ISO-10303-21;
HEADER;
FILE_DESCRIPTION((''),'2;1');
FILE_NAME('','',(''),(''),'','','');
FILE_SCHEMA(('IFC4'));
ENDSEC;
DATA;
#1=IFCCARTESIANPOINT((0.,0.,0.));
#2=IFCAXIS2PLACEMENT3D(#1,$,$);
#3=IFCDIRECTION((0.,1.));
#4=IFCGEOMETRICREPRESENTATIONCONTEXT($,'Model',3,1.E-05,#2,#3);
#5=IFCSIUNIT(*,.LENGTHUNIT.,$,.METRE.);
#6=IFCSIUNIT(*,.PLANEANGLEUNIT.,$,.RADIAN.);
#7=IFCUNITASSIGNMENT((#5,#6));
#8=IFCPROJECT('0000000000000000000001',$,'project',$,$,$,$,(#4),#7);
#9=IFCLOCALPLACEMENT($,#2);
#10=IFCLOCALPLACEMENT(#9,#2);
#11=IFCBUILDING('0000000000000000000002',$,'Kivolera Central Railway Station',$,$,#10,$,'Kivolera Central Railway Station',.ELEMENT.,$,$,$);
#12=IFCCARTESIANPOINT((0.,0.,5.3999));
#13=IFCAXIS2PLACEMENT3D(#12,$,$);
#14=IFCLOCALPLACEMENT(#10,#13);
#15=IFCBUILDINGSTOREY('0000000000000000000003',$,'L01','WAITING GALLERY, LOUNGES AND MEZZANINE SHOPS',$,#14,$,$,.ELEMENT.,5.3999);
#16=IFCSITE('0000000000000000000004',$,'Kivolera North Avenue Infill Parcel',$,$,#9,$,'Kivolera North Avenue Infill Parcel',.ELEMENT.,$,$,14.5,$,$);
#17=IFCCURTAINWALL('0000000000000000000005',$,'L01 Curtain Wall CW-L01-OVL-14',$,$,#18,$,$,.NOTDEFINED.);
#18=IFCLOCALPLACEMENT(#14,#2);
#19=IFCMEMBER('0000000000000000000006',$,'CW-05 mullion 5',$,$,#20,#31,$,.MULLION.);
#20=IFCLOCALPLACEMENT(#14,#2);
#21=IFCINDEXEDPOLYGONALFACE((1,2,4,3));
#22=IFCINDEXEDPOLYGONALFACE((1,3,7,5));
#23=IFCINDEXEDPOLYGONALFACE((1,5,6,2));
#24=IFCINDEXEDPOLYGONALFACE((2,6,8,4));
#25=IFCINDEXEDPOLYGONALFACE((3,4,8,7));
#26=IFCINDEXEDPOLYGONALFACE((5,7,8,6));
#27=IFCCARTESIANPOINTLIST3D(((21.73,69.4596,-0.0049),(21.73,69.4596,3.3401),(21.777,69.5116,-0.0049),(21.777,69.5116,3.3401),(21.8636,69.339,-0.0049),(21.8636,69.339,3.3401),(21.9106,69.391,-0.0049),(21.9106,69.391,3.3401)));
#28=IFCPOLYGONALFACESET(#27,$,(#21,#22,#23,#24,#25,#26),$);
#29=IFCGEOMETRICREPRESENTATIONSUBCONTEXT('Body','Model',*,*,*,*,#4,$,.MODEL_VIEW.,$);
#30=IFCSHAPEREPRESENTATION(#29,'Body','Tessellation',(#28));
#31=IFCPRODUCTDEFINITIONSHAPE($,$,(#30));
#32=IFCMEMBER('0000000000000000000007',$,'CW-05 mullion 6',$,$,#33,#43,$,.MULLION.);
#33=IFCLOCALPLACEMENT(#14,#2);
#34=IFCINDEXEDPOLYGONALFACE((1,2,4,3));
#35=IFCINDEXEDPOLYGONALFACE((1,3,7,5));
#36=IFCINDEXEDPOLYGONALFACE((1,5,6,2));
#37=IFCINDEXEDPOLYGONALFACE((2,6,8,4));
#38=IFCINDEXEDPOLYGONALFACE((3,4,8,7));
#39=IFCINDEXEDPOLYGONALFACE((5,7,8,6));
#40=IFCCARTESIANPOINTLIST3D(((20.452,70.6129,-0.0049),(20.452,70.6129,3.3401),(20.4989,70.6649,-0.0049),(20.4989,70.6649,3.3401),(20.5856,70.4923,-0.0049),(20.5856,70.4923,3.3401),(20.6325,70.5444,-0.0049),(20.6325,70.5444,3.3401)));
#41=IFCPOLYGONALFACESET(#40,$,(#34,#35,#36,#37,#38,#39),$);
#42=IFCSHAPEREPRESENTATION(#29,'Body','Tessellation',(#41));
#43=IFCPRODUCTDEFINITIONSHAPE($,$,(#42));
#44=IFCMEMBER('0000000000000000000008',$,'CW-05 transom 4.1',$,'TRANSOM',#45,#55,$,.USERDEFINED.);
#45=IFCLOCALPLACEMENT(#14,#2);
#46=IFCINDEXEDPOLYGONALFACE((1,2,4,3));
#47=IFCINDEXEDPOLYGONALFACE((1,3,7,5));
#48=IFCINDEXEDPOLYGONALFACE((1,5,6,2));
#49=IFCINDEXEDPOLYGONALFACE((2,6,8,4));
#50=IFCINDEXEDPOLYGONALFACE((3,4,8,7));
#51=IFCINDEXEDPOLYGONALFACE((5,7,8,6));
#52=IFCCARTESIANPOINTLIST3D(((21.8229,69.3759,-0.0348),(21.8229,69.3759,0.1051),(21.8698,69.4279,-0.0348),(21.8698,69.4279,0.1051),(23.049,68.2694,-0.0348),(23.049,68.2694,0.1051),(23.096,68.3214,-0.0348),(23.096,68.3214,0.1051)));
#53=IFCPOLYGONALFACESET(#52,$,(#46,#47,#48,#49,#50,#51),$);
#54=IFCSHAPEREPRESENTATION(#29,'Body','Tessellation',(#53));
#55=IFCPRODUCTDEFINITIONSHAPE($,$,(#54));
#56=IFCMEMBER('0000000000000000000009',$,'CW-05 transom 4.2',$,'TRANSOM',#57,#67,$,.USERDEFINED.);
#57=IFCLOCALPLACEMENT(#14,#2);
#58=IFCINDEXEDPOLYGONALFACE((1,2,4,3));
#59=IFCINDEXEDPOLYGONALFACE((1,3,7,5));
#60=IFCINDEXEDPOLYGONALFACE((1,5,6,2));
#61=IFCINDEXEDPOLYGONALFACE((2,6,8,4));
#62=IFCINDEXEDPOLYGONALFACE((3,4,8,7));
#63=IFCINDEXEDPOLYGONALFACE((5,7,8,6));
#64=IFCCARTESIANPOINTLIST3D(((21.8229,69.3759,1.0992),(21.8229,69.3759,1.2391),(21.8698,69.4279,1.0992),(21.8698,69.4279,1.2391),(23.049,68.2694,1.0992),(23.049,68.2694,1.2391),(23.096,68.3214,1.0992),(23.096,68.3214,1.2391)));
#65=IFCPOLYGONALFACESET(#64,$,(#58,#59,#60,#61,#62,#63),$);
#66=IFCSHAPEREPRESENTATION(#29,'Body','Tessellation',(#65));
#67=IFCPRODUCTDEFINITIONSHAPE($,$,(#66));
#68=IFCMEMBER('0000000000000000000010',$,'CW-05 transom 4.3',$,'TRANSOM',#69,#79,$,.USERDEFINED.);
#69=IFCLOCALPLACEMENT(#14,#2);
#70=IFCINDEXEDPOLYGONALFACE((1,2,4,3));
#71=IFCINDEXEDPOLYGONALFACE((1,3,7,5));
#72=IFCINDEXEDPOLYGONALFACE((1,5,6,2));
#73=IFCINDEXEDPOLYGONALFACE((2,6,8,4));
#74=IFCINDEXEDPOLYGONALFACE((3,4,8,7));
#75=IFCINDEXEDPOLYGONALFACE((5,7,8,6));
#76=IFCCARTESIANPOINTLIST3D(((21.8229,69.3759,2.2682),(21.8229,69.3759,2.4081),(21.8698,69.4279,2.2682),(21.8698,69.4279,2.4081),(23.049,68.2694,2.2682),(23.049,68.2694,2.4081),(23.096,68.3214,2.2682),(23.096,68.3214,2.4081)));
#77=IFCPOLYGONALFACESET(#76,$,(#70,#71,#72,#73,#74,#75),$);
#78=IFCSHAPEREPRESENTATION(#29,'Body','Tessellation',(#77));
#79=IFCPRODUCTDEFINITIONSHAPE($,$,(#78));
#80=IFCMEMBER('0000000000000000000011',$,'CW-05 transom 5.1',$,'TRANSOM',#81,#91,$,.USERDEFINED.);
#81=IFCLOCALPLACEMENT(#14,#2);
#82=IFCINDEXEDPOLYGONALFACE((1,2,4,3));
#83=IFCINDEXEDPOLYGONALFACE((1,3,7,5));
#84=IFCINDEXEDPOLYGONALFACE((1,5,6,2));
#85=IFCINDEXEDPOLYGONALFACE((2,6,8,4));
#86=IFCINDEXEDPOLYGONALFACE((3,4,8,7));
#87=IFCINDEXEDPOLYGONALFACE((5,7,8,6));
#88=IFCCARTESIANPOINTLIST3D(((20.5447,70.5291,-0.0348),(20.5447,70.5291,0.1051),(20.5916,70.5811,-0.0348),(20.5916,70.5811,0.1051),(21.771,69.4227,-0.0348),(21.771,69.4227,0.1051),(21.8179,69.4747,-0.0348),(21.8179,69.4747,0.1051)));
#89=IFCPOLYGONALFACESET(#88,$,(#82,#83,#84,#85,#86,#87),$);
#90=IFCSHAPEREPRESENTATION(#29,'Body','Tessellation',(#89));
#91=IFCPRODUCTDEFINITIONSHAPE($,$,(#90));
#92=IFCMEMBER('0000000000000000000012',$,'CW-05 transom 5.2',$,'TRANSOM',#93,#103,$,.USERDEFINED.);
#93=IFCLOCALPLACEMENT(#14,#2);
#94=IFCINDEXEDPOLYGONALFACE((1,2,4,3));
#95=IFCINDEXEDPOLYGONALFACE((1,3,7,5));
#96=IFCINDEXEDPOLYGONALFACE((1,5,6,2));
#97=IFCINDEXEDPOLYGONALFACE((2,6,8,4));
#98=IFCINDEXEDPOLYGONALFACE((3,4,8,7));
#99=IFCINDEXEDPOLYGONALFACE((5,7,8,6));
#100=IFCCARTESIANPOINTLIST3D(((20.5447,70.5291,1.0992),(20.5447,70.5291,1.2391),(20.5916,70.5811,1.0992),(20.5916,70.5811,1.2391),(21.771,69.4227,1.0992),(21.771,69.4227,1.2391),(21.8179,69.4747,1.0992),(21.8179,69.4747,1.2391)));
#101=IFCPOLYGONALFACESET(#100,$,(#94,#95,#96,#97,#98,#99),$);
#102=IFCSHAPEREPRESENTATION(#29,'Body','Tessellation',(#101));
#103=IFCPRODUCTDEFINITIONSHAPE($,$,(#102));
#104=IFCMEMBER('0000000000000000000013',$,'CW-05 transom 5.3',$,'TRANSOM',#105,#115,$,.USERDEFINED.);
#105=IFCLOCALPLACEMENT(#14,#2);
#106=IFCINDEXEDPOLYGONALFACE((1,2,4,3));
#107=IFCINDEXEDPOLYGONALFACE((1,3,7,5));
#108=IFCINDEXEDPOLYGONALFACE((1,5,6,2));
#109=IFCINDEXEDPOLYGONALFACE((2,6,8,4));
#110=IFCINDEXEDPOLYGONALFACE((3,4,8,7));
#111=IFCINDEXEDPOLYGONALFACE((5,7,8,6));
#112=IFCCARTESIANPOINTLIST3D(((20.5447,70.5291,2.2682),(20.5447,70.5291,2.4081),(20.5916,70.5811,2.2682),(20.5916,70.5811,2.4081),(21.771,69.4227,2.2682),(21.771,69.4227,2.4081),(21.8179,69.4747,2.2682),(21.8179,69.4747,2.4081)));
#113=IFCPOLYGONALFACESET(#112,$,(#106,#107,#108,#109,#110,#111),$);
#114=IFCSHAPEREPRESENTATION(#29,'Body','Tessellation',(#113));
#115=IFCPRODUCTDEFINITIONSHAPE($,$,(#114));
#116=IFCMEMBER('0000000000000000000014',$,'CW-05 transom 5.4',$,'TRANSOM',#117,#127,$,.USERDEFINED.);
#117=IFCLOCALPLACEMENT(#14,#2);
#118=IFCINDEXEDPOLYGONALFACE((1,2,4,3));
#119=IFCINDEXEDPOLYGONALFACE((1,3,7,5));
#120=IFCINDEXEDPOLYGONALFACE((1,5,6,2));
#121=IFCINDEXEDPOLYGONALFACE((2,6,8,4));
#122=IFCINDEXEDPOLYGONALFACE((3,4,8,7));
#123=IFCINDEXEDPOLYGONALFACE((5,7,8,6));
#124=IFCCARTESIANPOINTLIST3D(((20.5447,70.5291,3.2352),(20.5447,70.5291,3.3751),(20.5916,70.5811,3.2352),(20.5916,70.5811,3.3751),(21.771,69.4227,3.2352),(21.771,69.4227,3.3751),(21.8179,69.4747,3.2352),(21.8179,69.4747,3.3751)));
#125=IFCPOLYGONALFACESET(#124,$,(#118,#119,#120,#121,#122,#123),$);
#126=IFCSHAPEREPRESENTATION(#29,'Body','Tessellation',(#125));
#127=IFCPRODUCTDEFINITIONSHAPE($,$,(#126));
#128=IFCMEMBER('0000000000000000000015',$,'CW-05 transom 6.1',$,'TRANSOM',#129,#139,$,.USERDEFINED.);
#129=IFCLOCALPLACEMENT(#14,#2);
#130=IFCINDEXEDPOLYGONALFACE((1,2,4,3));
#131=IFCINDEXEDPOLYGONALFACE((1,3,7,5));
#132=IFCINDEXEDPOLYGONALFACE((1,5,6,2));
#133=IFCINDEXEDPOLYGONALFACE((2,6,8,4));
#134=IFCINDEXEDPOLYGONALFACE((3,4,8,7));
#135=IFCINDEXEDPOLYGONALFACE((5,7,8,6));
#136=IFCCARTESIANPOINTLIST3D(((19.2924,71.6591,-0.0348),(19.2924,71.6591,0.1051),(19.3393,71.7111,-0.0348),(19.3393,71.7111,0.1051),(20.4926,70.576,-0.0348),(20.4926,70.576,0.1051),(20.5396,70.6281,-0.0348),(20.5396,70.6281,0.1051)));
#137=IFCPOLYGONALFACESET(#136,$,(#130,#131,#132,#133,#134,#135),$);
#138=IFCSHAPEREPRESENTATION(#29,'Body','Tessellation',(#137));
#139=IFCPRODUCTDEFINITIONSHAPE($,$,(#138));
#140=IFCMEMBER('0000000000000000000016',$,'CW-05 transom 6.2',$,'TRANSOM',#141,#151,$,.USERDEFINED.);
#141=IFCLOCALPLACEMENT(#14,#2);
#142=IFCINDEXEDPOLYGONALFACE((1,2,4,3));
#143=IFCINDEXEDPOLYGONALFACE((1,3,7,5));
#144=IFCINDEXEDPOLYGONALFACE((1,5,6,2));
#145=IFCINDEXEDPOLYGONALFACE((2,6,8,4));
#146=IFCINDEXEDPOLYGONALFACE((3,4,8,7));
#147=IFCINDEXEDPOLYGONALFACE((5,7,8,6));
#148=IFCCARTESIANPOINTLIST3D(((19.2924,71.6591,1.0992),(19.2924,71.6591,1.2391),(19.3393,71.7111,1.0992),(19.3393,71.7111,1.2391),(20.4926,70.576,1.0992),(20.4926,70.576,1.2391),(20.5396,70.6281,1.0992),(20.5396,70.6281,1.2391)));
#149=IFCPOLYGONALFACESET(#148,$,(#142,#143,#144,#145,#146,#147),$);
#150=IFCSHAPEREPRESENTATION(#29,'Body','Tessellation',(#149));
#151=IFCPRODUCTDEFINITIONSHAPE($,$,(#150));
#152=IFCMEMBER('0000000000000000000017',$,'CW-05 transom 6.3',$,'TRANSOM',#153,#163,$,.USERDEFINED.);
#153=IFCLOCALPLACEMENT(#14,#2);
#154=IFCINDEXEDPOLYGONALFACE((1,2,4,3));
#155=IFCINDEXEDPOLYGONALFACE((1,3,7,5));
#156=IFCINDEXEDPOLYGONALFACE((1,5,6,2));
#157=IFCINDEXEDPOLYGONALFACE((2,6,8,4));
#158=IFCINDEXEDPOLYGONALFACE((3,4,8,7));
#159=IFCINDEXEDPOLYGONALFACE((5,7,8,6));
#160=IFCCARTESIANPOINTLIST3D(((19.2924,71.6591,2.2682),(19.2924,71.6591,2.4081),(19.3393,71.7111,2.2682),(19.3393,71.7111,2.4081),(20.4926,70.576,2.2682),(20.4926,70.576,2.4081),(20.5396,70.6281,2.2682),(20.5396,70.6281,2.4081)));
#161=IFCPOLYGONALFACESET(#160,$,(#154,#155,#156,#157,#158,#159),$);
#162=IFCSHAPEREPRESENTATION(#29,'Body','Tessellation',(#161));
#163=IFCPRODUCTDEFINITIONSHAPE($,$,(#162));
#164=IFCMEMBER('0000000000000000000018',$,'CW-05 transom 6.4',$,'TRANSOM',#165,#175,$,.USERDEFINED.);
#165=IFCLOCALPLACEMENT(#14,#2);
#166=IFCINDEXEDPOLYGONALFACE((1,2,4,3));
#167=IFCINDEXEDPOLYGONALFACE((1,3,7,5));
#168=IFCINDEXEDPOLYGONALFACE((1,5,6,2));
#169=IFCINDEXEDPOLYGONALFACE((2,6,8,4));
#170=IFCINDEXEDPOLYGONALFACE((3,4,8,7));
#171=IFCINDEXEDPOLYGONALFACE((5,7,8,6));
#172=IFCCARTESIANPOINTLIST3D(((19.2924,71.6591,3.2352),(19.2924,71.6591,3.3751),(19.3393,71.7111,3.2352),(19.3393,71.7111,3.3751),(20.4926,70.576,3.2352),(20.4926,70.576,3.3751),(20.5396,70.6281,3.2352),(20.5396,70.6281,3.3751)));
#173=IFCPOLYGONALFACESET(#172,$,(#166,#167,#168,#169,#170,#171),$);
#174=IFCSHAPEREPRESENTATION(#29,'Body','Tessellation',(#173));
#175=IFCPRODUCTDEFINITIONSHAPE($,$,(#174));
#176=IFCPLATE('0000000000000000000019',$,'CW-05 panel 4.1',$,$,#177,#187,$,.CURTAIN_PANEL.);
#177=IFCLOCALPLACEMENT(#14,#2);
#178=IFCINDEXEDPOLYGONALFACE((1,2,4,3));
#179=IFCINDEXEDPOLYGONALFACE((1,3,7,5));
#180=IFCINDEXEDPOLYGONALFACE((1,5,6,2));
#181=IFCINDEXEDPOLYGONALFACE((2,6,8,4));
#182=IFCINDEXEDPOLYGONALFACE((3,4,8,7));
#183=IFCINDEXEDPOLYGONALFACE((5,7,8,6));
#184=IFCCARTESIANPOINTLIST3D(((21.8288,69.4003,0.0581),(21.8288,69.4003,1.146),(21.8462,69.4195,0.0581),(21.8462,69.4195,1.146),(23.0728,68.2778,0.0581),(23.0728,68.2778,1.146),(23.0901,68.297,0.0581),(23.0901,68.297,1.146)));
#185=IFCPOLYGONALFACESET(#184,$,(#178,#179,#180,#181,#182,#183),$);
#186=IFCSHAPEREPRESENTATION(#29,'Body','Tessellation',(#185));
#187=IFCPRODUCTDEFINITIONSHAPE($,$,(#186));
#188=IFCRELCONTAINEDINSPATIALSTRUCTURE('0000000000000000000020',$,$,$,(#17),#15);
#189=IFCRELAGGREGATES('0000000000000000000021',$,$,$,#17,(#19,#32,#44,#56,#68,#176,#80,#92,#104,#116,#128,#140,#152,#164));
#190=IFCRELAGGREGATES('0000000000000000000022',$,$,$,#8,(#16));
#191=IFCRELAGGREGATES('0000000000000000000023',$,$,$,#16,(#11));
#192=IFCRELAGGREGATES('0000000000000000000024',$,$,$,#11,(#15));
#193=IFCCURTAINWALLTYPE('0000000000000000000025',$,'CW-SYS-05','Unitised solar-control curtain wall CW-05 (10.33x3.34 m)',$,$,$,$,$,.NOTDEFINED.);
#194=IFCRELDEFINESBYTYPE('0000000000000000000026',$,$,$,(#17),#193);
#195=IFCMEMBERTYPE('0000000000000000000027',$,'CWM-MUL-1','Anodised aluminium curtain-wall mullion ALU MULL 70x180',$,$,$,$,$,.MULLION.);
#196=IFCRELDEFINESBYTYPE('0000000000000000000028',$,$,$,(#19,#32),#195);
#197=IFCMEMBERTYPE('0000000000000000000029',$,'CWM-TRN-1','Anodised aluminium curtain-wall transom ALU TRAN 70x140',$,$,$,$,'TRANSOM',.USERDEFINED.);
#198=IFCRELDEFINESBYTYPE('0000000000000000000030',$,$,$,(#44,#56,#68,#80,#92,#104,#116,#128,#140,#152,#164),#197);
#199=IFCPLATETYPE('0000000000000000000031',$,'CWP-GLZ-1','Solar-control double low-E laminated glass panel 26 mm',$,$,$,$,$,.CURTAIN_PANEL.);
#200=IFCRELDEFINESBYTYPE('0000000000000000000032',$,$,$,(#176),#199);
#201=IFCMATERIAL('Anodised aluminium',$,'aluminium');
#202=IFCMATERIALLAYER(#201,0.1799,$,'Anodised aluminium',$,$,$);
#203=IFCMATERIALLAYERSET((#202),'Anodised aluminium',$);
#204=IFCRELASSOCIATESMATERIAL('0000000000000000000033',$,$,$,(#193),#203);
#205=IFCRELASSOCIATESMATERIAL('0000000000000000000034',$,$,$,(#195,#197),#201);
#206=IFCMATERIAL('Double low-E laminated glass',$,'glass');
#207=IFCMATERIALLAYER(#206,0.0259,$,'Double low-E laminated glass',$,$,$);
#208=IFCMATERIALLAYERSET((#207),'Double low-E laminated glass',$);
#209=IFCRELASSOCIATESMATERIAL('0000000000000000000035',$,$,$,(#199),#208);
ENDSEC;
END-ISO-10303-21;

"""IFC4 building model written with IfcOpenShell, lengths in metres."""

from ifc_helpers import new_model, si_unit, direction, frame, origin, origin_2d, place, context, subcontext, project, spatial, rectangle, extrude, material, layer, layer_set, material_profile, profile_set, type_object, element, aggregate, save


model = new_model("IFC4")

# Units and contexts
model_context = context("Model", 3, precision=1e-05, world=origin(), true_north=direction((0.0, 1.0)))
body_context = subcontext(model_context, "Body", "Model", "MODEL_VIEW")
ifc_project = project(units=[si_unit("LENGTHUNIT", "METRE"), si_unit("PLANEANGLEUNIT", "RADIAN")], contexts=[model_context])

# Site, building, storey
site_placement = place(None, origin())
site = spatial("IfcSite", under=ifc_project, at=site_placement, Name="Kivolera North Avenue Infill Parcel", LongName="Kivolera North Avenue Infill Parcel", CompositionType="ELEMENT", RefElevation=14.5)
building_placement = place(site_placement, origin())
building = spatial("IfcBuilding", under=site, at=building_placement, Name="Kivolera Central Railway Station", LongName="Kivolera Central Railway Station", CompositionType="ELEMENT")
storey_placement = place(building_placement, frame((0.0, 0.0, 5.3999)))
storey = spatial("IfcBuildingStorey", under=building, at=storey_placement, Name="L01", Description="WAITING GALLERY, LOUNGES AND MEZZANINE SHOPS", CompositionType="ELEMENT", Elevation=5.3999)

# Curtain wall, members, plate
ifc_material_1 = material(Name="Anodised aluminium", Category="aluminium")
ifc_layer_1 = layer(ifc_material_1, 0.1799, Name="Anodised aluminium")
ifc_layer_set_1 = layer_set([ifc_layer_1], Name="Anodised aluminium")
curtain_wall_type = type_object("IfcCurtainWallType", Name="CW-SYS-05", Description="Unitised solar-control curtain wall CW-05 (10.33x3.34 m)", PredefinedType="NOTDEFINED", material=ifc_layer_set_1)
curtain_wall_placement = place(storey_placement, origin())
curtain_wall = element("IfcCurtainWall", 1, at=curtain_wall_placement, inside=storey, type_object=curtain_wall_type, Name="L01 Curtain Wall CW-L01-OVL-14", PredefinedType="NOTDEFINED")
ifc_material_profile_1 = material_profile(ifc_material_1, rectangle(XDim=0.0701, YDim=0.1799, at=origin_2d()), Name="ALU MULL 70x180")
ifc_profile_set_1 = profile_set([ifc_material_profile_1], Name="Anodised aluminium")
member_type_1 = type_object("IfcMemberType", Name="CWM-MUL-1", Description="Anodised aluminium curtain-wall mullion ALU MULL 70x180", PredefinedType="MULLION", material=ifc_profile_set_1)
member_1_placement = place(storey_placement, frame((21.8203, 69.4253, -0.0049), z_axis=(0.0, 0.0, 1.0), x_axis=(-0.669922, -0.742432, 0.0)))
member_1 = element("IfcMember", 2, at=member_1_placement, type_object=member_type_1, Name="CW-05 mullion 5", PredefinedType="MULLION", context=body_context, shape_type="SweptSolid", body=[
    extrude(rectangle(XDim=0.0701, YDim=0.1799, at=origin_2d()), origin(), (0.0, 0.0, 1.0), 3.345),
])
member_2_placement = place(storey_placement, frame((20.5422, 70.5786, -0.0049), z_axis=(0.0, 0.0, 1.0), x_axis=(-0.669922, -0.742432, 0.0)))
member_2 = element("IfcMember", 3, at=member_2_placement, type_object=member_type_1, Name="CW-05 mullion 6", PredefinedType="MULLION", context=body_context, shape_type="SweptSolid", body=[
    extrude(rectangle(XDim=0.0701, YDim=0.1799, at=origin_2d()), origin(), (0.0, 0.0, 1.0), 3.345),
])
ifc_material_profile_2 = material_profile(ifc_material_1, rectangle(XDim=0.0701, YDim=0.1399, at=origin_2d()), Name="ALU TRAN 70x140")
ifc_profile_set_2 = profile_set([ifc_material_profile_2], Name="Anodised aluminium")
member_type_2 = type_object("IfcMemberType", Name="CWM-TRN-1", Description="Anodised aluminium curtain-wall transom ALU TRAN 70x140", ElementType="TRANSOM", PredefinedType="USERDEFINED", material=ifc_profile_set_2)
member_3_placement = place(storey_placement, frame((23.0725, 68.2954, 0.0352), z_axis=(-0.742397, 0.669961, 0.0), x_axis=(-0.669961, -0.742397, 0.0)))
member_3 = element("IfcMember", 4, at=member_3_placement, type_object=member_type_2, Name="CW-05 transom 4.1", ObjectType="TRANSOM", PredefinedType="USERDEFINED", context=body_context, shape_type="SweptSolid", body=[
    extrude(rectangle(XDim=0.0701, YDim=0.1399, at=origin_2d()), origin(), (0.0, 0.0, 1.0), 1.6516),
])
member_4_placement = place(storey_placement, frame((23.0725, 68.2954, 1.1692), z_axis=(-0.742397, 0.669961, 0.0), x_axis=(-0.669961, -0.742397, 0.0)))
member_4 = element("IfcMember", 5, at=member_4_placement, type_object=member_type_2, Name="CW-05 transom 4.2", ObjectType="TRANSOM", PredefinedType="USERDEFINED", context=body_context, shape_type="SweptSolid", body=[
    extrude(rectangle(XDim=0.0701, YDim=0.1399, at=origin_2d()), origin(), (0.0, 0.0, 1.0), 1.6516),
])
member_5_placement = place(storey_placement, frame((23.0725, 68.2954, 2.3381), z_axis=(-0.742397, 0.669961, 0.0), x_axis=(-0.669961, -0.742397, 0.0)))
member_5 = element("IfcMember", 6, at=member_5_placement, type_object=member_type_2, Name="CW-05 transom 4.3", ObjectType="TRANSOM", PredefinedType="USERDEFINED", context=body_context, shape_type="SweptSolid", body=[
    extrude(rectangle(XDim=0.0701, YDim=0.1399, at=origin_2d()), origin(), (0.0, 0.0, 1.0), 1.6516),
])
member_6_placement = place(storey_placement, frame((21.7944, 69.4487, 0.0352), z_axis=(-0.742463, 0.669887, 0.0), x_axis=(-0.669887, -0.742463, 0.0)))
member_6 = element("IfcMember", 7, at=member_6_placement, type_object=member_type_2, Name="CW-05 transom 5.1", ObjectType="TRANSOM", PredefinedType="USERDEFINED", context=body_context, shape_type="SweptSolid", body=[
    extrude(rectangle(XDim=0.0701, YDim=0.1399, at=origin_2d()), origin(), (0.0, 0.0, 1.0), 1.6516),
])
member_7_placement = place(storey_placement, frame((21.7944, 69.4487, 1.1692), z_axis=(-0.742463, 0.669887, 0.0), x_axis=(-0.669887, -0.742463, 0.0)))
member_7 = element("IfcMember", 8, at=member_7_placement, type_object=member_type_2, Name="CW-05 transom 5.2", ObjectType="TRANSOM", PredefinedType="USERDEFINED", context=body_context, shape_type="SweptSolid", body=[
    extrude(rectangle(XDim=0.0701, YDim=0.1399, at=origin_2d()), origin(), (0.0, 0.0, 1.0), 1.6516),
])
member_8_placement = place(storey_placement, frame((21.7944, 69.4487, 2.3381), z_axis=(-0.742463, 0.669887, 0.0), x_axis=(-0.669887, -0.742463, 0.0)))
member_8 = element("IfcMember", 9, at=member_8_placement, type_object=member_type_2, Name="CW-05 transom 5.3", ObjectType="TRANSOM", PredefinedType="USERDEFINED", context=body_context, shape_type="SweptSolid", body=[
    extrude(rectangle(XDim=0.0701, YDim=0.1399, at=origin_2d()), origin(), (0.0, 0.0, 1.0), 1.6516),
])
member_9_placement = place(storey_placement, frame((21.7944, 69.4487, 3.3052), z_axis=(-0.742463, 0.669887, 0.0), x_axis=(-0.669887, -0.742463, 0.0)))
member_9 = element("IfcMember", 10, at=member_9_placement, type_object=member_type_2, Name="CW-05 transom 5.4", ObjectType="TRANSOM", PredefinedType="USERDEFINED", context=body_context, shape_type="SweptSolid", body=[
    extrude(rectangle(XDim=0.0701, YDim=0.1399, at=origin_2d()), origin(), (0.0, 0.0, 1.0), 1.6516),
])
member_10_placement = place(storey_placement, frame((20.5161, 70.6021, 0.0352), z_axis=(-0.742422, 0.669932, 0.0), x_axis=(-0.669932, -0.742422, 0.0)))
member_10 = element("IfcMember", 11, at=member_10_placement, type_object=member_type_2, Name="CW-05 transom 6.1", ObjectType="TRANSOM", PredefinedType="USERDEFINED", context=body_context, shape_type="SweptSolid", body=[
    extrude(rectangle(XDim=0.0701, YDim=0.1399, at=origin_2d()), origin(), (0.0, 0.0, 1.0), 1.6167),
])
member_11_placement = place(storey_placement, frame((20.5161, 70.6021, 1.1692), z_axis=(-0.742422, 0.669932, 0.0), x_axis=(-0.669932, -0.742422, 0.0)))
member_11 = element("IfcMember", 12, at=member_11_placement, type_object=member_type_2, Name="CW-05 transom 6.2", ObjectType="TRANSOM", PredefinedType="USERDEFINED", context=body_context, shape_type="SweptSolid", body=[
    extrude(rectangle(XDim=0.0701, YDim=0.1399, at=origin_2d()), origin(), (0.0, 0.0, 1.0), 1.6167),
])
member_12_placement = place(storey_placement, frame((20.5161, 70.6021, 2.3381), z_axis=(-0.742422, 0.669932, 0.0), x_axis=(-0.669932, -0.742422, 0.0)))
member_12 = element("IfcMember", 13, at=member_12_placement, type_object=member_type_2, Name="CW-05 transom 6.3", ObjectType="TRANSOM", PredefinedType="USERDEFINED", context=body_context, shape_type="SweptSolid", body=[
    extrude(rectangle(XDim=0.0701, YDim=0.1399, at=origin_2d()), origin(), (0.0, 0.0, 1.0), 1.6167),
])
member_13_placement = place(storey_placement, frame((20.5161, 70.6021, 3.3052), z_axis=(-0.742422, 0.669932, 0.0), x_axis=(-0.669932, -0.742422, 0.0)))
member_13 = element("IfcMember", 14, at=member_13_placement, type_object=member_type_2, Name="CW-05 transom 6.4", ObjectType="TRANSOM", PredefinedType="USERDEFINED", context=body_context, shape_type="SweptSolid", body=[
    extrude(rectangle(XDim=0.0701, YDim=0.1399, at=origin_2d()), origin(), (0.0, 0.0, 1.0), 1.6167),
])
ifc_material_2 = material(Name="Double low-E laminated glass", Category="glass")
ifc_layer_2 = layer(ifc_material_2, 0.0259, Name="Double low-E laminated glass")
ifc_layer_set_2 = layer_set([ifc_layer_2], Name="Double low-E laminated glass")
plate_type = type_object("IfcPlateType", Name="CWP-GLZ-1", Description="Solar-control double low-E laminated glass panel 26 mm", PredefinedType="CURTAIN_PANEL", material=ifc_layer_set_2)
plate_1_placement = place(storey_placement, frame((22.4595, 68.8486, 0.0581), z_axis=(0.0, 0.0, 1.0), x_axis=(-0.742432, 0.669922, 0.0)))
plate_1 = element("IfcPlate", 15, at=plate_1_placement, type_object=plate_type, Name="CW-05 panel 4.1", PredefinedType="CURTAIN_PANEL", context=body_context, shape_type="SweptSolid", body=[
    extrude(rectangle(XDim=1.6755, YDim=0.0259, at=origin_2d()), origin(), (0.0, 0.0, 1.0), 1.0879),
])
aggregate(curtain_wall, [member_1, member_2, member_3, member_4, member_5, plate_1, member_6, member_7, member_8, member_9, member_10, member_11, member_12, member_13])

save(model, "model.ifc")
